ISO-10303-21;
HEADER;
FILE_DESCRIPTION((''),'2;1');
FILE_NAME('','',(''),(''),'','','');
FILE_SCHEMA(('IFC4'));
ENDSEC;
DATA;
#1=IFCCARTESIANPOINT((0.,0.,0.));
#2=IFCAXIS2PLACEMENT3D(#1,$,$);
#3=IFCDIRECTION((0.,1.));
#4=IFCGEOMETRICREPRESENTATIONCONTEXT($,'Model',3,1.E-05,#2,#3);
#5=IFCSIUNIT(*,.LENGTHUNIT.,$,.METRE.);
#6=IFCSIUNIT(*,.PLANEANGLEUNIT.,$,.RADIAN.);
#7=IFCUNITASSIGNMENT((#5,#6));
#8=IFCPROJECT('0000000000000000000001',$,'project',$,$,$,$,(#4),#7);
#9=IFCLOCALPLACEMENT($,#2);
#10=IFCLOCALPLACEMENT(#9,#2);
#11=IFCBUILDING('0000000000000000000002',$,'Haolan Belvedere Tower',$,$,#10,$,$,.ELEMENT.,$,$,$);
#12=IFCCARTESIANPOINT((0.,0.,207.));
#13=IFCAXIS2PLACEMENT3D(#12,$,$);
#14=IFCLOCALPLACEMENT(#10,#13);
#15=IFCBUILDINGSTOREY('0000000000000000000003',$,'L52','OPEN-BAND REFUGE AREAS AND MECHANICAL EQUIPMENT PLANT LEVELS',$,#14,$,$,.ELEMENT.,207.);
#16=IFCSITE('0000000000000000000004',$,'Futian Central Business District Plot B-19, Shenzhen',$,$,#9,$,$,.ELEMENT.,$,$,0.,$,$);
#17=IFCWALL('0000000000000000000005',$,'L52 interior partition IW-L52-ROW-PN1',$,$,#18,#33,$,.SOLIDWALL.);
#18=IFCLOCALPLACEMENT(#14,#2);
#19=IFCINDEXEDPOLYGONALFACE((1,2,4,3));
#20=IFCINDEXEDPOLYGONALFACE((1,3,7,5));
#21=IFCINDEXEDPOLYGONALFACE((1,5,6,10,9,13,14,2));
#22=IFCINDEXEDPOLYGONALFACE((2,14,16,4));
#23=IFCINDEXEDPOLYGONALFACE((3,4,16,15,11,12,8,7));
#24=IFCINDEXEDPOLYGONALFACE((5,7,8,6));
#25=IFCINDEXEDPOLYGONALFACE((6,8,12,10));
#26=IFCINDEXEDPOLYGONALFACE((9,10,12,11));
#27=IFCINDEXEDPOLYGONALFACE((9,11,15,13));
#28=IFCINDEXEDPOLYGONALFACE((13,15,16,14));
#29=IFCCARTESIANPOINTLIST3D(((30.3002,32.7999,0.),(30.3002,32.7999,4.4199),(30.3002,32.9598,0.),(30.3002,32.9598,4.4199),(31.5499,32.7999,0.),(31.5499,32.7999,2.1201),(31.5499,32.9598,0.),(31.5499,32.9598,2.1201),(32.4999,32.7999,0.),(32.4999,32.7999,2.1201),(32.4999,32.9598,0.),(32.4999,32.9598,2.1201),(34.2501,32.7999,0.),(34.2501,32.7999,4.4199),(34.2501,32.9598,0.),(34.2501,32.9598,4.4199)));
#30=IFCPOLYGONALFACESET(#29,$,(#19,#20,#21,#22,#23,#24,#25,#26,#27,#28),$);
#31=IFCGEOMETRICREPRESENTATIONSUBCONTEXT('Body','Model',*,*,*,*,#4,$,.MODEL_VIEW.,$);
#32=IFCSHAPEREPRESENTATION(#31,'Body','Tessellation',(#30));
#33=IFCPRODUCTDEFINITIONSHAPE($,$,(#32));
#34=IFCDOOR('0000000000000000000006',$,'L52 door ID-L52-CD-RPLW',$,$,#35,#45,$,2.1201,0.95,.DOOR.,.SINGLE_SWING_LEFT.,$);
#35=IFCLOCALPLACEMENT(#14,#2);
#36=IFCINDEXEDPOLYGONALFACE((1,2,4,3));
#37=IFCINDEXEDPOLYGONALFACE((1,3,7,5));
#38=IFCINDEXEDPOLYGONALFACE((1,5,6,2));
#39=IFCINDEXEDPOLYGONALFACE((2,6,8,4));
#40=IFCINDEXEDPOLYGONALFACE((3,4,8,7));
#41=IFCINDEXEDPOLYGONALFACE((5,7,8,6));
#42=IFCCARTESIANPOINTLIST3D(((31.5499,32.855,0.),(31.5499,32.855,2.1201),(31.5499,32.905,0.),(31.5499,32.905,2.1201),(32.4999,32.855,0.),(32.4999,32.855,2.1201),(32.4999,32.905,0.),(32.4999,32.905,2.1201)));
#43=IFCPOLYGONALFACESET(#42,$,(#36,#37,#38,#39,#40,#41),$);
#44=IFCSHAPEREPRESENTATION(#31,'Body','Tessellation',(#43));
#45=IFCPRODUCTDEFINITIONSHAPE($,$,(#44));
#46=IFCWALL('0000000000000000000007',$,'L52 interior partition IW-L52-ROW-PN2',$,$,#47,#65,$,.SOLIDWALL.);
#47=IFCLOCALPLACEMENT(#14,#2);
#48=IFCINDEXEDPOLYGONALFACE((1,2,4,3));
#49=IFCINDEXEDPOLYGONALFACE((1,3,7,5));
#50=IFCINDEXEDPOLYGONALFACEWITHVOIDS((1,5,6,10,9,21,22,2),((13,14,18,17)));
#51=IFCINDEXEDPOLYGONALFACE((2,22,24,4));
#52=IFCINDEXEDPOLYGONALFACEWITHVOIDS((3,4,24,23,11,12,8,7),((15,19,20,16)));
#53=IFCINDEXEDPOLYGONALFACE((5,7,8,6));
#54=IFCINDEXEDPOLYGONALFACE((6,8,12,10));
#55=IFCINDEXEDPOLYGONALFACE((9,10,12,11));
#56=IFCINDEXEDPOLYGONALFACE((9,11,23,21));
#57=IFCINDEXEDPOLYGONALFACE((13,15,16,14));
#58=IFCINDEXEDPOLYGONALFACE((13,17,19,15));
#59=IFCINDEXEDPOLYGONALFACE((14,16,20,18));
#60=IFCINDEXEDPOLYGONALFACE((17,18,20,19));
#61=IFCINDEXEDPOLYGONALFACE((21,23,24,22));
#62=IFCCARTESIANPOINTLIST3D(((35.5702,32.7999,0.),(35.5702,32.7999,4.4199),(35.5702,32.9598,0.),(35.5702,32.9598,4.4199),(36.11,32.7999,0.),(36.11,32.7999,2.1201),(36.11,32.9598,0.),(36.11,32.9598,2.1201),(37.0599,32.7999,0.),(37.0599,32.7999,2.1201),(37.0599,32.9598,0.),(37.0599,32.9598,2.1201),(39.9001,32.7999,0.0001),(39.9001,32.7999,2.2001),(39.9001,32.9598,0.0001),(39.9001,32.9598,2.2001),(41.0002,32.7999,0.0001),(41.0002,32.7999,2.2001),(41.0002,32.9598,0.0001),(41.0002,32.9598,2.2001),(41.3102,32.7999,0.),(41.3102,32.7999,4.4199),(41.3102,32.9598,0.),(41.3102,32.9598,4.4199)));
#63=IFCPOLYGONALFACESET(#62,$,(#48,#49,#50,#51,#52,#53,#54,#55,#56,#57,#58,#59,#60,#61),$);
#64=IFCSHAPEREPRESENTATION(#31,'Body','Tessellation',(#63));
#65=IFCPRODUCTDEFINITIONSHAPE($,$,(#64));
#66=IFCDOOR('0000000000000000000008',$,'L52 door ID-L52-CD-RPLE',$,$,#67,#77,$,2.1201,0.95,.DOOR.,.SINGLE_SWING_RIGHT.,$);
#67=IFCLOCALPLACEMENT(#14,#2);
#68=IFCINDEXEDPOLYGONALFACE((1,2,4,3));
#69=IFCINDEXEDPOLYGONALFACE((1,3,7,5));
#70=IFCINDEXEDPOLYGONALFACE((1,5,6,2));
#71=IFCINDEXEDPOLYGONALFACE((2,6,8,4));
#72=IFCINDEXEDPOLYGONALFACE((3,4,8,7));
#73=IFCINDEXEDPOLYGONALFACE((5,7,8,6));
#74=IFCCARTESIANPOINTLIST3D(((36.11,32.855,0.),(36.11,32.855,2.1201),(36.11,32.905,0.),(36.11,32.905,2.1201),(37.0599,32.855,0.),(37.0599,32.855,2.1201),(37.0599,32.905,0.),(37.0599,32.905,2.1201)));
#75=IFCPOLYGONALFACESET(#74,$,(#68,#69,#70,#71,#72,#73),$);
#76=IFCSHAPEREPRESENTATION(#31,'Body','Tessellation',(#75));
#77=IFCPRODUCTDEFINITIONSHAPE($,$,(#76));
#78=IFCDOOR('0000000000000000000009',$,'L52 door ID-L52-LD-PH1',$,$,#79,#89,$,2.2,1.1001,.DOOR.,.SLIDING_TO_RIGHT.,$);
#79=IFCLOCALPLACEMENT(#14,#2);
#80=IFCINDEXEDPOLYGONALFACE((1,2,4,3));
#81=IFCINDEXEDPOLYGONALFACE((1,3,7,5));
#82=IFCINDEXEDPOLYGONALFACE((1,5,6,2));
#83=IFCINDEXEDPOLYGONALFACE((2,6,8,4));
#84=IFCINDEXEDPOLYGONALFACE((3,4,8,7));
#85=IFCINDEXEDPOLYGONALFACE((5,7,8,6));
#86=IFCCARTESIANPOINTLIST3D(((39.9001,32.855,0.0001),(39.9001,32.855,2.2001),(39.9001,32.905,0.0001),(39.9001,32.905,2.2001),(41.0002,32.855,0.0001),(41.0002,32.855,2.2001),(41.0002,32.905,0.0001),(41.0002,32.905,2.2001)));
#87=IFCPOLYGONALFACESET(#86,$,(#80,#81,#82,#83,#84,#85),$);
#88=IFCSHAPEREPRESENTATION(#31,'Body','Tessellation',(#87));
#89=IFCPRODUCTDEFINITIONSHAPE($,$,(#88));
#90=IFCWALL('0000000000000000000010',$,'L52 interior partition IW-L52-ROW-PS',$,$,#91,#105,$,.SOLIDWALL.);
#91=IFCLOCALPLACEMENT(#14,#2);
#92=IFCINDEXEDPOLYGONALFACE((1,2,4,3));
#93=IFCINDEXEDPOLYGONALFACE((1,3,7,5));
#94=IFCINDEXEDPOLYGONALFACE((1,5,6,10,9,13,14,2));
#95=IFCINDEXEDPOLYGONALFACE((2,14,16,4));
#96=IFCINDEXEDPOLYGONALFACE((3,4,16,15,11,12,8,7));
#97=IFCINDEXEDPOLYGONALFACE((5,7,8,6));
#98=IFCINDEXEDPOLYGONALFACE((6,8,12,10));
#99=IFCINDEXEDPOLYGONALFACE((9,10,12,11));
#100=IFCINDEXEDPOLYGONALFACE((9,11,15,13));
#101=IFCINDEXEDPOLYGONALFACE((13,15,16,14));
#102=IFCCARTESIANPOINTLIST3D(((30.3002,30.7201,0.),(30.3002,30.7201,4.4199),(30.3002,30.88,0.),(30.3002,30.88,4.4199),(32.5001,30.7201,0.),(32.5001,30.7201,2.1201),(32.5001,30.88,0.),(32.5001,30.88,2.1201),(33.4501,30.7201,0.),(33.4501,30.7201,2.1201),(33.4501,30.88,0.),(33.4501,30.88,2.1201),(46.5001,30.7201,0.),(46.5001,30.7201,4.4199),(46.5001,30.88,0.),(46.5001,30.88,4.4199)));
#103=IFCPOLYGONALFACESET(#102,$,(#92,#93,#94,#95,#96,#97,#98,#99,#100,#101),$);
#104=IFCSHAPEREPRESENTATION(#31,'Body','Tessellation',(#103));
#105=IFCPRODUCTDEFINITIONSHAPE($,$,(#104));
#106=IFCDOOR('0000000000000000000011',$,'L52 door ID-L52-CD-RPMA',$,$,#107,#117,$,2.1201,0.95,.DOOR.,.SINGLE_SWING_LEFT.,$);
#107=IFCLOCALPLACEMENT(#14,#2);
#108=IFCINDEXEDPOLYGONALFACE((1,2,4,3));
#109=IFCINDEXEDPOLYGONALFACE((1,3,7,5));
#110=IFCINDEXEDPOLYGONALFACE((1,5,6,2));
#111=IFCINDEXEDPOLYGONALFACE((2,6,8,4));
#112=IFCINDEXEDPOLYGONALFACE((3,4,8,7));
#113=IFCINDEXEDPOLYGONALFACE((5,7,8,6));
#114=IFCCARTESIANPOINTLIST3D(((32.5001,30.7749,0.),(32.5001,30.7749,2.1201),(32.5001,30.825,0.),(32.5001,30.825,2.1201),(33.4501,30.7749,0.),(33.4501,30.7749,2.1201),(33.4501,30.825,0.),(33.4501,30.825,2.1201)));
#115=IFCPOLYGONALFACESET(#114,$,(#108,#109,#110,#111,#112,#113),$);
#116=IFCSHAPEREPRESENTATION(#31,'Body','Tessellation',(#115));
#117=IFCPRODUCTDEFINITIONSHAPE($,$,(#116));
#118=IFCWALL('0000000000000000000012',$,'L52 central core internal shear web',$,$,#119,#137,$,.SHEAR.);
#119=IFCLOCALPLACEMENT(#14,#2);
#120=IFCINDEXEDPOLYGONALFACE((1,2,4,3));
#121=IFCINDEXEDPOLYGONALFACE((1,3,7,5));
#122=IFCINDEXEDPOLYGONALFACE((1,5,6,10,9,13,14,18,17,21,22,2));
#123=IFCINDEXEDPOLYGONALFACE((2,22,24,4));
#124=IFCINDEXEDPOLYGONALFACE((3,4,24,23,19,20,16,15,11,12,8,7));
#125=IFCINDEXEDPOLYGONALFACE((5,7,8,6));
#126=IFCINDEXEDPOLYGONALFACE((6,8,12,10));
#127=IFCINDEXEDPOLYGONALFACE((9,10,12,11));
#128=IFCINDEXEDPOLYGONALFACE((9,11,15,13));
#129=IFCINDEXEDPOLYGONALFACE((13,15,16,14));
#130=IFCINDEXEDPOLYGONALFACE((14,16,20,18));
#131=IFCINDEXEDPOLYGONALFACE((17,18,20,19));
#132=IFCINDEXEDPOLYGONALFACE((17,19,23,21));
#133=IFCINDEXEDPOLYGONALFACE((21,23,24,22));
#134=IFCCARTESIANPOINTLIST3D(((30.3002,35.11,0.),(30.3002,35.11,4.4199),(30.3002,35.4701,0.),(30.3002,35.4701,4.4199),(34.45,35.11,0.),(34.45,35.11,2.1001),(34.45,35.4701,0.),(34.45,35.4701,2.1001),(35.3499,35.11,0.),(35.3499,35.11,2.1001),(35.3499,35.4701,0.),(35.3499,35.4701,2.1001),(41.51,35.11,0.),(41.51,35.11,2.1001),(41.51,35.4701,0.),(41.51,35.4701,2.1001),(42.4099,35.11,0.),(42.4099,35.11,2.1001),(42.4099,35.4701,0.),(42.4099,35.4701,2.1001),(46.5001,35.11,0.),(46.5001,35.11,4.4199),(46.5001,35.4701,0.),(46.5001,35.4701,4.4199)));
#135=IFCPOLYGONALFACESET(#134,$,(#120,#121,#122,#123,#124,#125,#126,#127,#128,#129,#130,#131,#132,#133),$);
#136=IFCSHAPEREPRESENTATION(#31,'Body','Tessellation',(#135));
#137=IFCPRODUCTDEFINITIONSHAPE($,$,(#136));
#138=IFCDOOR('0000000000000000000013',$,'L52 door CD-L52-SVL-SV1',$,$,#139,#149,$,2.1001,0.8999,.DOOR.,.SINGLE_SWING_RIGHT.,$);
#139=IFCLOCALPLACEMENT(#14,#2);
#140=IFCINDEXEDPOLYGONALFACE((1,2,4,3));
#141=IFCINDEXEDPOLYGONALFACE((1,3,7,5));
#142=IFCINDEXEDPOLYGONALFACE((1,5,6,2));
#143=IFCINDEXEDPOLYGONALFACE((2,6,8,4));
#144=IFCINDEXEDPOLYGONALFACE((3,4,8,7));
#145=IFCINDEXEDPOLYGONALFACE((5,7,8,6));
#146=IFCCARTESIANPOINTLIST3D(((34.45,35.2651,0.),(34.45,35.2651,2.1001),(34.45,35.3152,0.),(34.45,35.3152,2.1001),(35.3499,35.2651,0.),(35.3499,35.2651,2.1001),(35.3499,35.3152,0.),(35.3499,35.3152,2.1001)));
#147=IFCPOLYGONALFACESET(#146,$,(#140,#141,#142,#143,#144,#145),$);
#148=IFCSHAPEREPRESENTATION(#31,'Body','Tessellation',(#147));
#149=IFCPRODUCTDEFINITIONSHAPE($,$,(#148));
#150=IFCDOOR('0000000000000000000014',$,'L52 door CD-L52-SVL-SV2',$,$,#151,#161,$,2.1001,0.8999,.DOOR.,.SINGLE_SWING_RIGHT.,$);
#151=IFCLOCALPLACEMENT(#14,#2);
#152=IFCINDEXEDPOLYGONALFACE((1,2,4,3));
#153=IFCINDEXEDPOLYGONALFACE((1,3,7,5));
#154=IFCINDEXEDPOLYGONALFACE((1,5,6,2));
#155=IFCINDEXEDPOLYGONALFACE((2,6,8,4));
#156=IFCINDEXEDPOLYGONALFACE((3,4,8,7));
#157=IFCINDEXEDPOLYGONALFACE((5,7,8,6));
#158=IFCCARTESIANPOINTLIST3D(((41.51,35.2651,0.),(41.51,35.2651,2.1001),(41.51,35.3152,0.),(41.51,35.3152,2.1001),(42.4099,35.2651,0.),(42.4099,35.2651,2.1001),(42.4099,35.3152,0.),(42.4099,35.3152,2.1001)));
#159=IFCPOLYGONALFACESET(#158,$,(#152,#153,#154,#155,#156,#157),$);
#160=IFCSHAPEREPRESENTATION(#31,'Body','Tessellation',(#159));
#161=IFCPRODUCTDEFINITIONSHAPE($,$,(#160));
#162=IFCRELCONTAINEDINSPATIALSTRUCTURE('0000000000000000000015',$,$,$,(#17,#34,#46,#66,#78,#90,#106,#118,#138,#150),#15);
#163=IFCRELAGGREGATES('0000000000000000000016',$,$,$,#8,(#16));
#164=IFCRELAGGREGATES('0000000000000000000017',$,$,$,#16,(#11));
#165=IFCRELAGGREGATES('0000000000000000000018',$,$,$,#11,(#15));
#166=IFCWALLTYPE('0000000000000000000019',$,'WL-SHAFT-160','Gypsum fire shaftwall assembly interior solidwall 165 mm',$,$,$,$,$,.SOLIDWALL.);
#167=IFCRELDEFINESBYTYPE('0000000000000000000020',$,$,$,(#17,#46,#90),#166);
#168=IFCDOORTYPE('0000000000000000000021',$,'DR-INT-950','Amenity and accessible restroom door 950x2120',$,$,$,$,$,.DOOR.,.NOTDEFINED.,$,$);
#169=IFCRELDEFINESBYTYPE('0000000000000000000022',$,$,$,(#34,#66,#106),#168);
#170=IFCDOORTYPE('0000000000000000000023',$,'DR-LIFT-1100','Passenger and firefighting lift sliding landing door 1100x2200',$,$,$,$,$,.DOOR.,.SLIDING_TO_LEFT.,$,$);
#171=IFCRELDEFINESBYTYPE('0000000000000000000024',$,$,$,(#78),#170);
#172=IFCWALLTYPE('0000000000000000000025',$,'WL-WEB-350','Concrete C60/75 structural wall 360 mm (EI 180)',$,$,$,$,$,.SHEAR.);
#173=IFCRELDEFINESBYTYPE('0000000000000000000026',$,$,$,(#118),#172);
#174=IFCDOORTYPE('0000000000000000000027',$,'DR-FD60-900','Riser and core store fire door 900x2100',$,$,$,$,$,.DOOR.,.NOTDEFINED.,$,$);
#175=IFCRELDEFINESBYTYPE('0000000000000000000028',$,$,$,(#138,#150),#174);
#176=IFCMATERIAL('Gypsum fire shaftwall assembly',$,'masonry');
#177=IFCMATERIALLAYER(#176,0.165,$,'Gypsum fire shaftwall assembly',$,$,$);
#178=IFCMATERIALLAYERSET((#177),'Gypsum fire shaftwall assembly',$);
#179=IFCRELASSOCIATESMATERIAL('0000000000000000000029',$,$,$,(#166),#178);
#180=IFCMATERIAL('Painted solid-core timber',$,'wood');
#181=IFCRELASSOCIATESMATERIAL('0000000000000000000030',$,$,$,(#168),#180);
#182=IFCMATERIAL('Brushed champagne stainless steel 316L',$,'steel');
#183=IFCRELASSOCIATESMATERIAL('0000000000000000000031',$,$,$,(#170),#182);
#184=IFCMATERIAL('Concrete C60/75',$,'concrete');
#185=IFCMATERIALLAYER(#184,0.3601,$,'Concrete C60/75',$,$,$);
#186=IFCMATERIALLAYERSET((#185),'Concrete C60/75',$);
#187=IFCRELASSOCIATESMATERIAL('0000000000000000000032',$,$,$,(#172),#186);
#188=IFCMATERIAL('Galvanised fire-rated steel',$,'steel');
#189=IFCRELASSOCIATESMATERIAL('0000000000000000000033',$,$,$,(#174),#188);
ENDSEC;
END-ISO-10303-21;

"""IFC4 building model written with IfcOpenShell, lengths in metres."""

from ifc_helpers import new_model, si_unit, direction, frame, frame_2d, origin, place, context, subcontext, project, spatial, rectangle, extrude, material, layer, layer_set, type_object, element, fill, save


model = new_model("IFC4")

# Units and contexts
model_context = context("Model", 3, precision=1e-05, world=origin(), true_north=direction((0.0, 1.0)))
body_context = subcontext(model_context, "Body", "Model", "MODEL_VIEW")
ifc_project = project(units=[si_unit("LENGTHUNIT", "METRE"), si_unit("PLANEANGLEUNIT", "RADIAN")], contexts=[model_context])

# Site, building, storey
site_placement = place(None, origin())
site = spatial("IfcSite", under=ifc_project, at=site_placement, Name="Futian Central Business District Plot B-19, Shenzhen", CompositionType="ELEMENT", RefElevation=0.0)
building_placement = place(site_placement, origin())
building = spatial("IfcBuilding", under=site, at=building_placement, Name="Haolan Belvedere Tower", CompositionType="ELEMENT")
storey_placement = place(building_placement, frame((0.0, 0.0, 207.0)))
storey = spatial("IfcBuildingStorey", under=building, at=storey_placement, Name="L52", Description="OPEN-BAND REFUGE AREAS AND MECHANICAL EQUIPMENT PLANT LEVELS", CompositionType="ELEMENT", Elevation=207.0)

# Shared definitions
ifc_material_1 = material(Name="Concrete C60/75", Category="concrete")

# Shared definitions
ifc_material_2 = material(Name="Galvanised fire-rated steel", Category="steel")

# Shared definitions
ifc_material_3 = material(Name="Gypsum fire shaftwall assembly", Category="masonry")
ifc_layer_1 = layer(ifc_material_3, 0.165, Name="Gypsum fire shaftwall assembly")
ifc_layer_set_1 = layer_set([ifc_layer_1], Name="Gypsum fire shaftwall assembly")
wall_type_1 = type_object("IfcWallType", Name="WL-SHAFT-160", Description="Gypsum fire shaftwall assembly interior solidwall 165 mm", PredefinedType="SOLIDWALL", material=ifc_layer_set_1)

# Wall, opening, door
wall_1_placement = place(storey_placement, frame((30.3, 32.8799, 0.0), z_axis=(0.0, 0.0, 1.0), x_axis=(1.0, 0.0, 0.0)))
wall_1 = element("IfcWall", 1, at=wall_1_placement, inside=storey, type_object=wall_type_1, Name="L52 interior partition IW-L52-ROW-PN1", PredefinedType="SOLIDWALL", context=body_context, shape_type="SweptSolid", body=[
    extrude(rectangle(XDim=3.95, YDim=0.1599, at=frame_2d((1.9751, 0.0))), origin(), (0.0, 0.0, 1.0), 4.4199),
])
opening_1_placement = place(wall_1_placement, frame((2.2, 0.0, 0.0), z_axis=(0.0, 0.0, 1.0), x_axis=(-1.0, 0.0, 0.0)))
opening_1 = element("IfcOpeningElement", 2, at=opening_1_placement, cuts=wall_1, PredefinedType="OPENING", context=body_context, shape_type="SweptSolid", body=[
    extrude(rectangle(XDim=0.95, YDim=2.1201, at=frame_2d((0.4751, 1.0601))), frame((0.0, 0.0898, 0.0), z_axis=(0.0, -1.0, 0.0), x_axis=(1.0, 0.0, 0.0)), (0.0, 0.0, 1.0), 0.1799),
])
ifc_material_4 = material(Name="Painted solid-core timber", Category="wood")
door_type_1 = type_object("IfcDoorType", Name="DR-INT-950", Description="Amenity and accessible restroom door 950x2120", OperationType="NOTDEFINED", PredefinedType="DOOR", material=ifc_material_4)
door_1_placement = place(opening_1_placement, origin())
door_1 = element("IfcDoor", 3, at=door_1_placement, inside=storey, type_object=door_type_1, Name="L52 door ID-L52-CD-RPLW", OperationType="SINGLE_SWING_LEFT", OverallHeight=2.1201, OverallWidth=0.95, PredefinedType="DOOR", context=body_context, shape_type="SweptSolid", body=[
    extrude(rectangle(XDim=0.95, YDim=2.1201, at=frame_2d((0.4751, 1.0601))), frame((0.0, 0.0249, 0.0), z_axis=(0.0, -1.0, 0.0), x_axis=(1.0, 0.0, 0.0)), (0.0, 0.0, 1.0), 0.05),
])
fill(opening_1, door_1)

# Wall, openings, doors
wall_2_placement = place(storey_placement, frame((35.5701, 32.8799, 0.0), z_axis=(0.0, 0.0, 1.0), x_axis=(1.0, 0.0, 0.0)))
wall_2 = element("IfcWall", 4, at=wall_2_placement, inside=storey, type_object=wall_type_1, Name="L52 interior partition IW-L52-ROW-PN2", PredefinedType="SOLIDWALL", context=body_context, shape_type="SweptSolid", body=[
    extrude(rectangle(XDim=5.74, YDim=0.1599, at=frame_2d((2.8701, 0.0))), origin(), (0.0, 0.0, 1.0), 4.4199),
])
opening_2_placement = place(wall_2_placement, frame((1.49, 0.0, 0.0), z_axis=(0.0, 0.0, 1.0), x_axis=(-1.0, 0.0, 0.0)))
opening_2 = element("IfcOpeningElement", 5, at=opening_2_placement, cuts=wall_2, PredefinedType="OPENING", context=body_context, shape_type="SweptSolid", body=[
    extrude(rectangle(XDim=0.95, YDim=2.1201, at=frame_2d((0.4751, 1.0601))), frame((0.0, 0.0898, 0.0), z_axis=(0.0, -1.0, 0.0), x_axis=(1.0, 0.0, 0.0)), (0.0, 0.0, 1.0), 0.1799),
])
opening_3_placement = place(wall_2_placement, frame((5.4302, 0.0, 0.0), z_axis=(0.0, 0.0, 1.0), x_axis=(-1.0, 0.0, 0.0)))
opening_3 = element("IfcOpeningElement", 6, at=opening_3_placement, cuts=wall_2, PredefinedType="OPENING", context=body_context, shape_type="SweptSolid", body=[
    extrude(rectangle(XDim=1.1001, YDim=2.2, at=frame_2d((0.55, 1.1001))), frame((0.0, 0.0898, 0.0), z_axis=(0.0, -1.0, 0.0), x_axis=(1.0, 0.0, 0.0)), (0.0, 0.0, 1.0), 0.1799),
])
door_2_placement = place(opening_2_placement, origin())
door_2 = element("IfcDoor", 7, at=door_2_placement, inside=storey, type_object=door_type_1, Name="L52 door ID-L52-CD-RPLE", OperationType="SINGLE_SWING_RIGHT", OverallHeight=2.1201, OverallWidth=0.95, PredefinedType="DOOR", context=body_context, shape_type="SweptSolid", body=[
    extrude(rectangle(XDim=0.95, YDim=2.1201, at=frame_2d((0.4751, 1.0601))), frame((0.0, 0.0249, 0.0), z_axis=(0.0, -1.0, 0.0), x_axis=(1.0, 0.0, 0.0)), (0.0, 0.0, 1.0), 0.05),
])
fill(opening_2, door_2)
ifc_material_5 = material(Name="Brushed champagne stainless steel 316L", Category="steel")
door_type_2 = type_object("IfcDoorType", Name="DR-LIFT-1100", Description="Passenger and firefighting lift sliding landing door 1100x2200", OperationType="SLIDING_TO_LEFT", PredefinedType="DOOR", material=ifc_material_5)
door_3_placement = place(opening_3_placement, origin())
door_3 = element("IfcDoor", 8, at=door_3_placement, inside=storey, type_object=door_type_2, Name="L52 door ID-L52-LD-PH1", OperationType="SLIDING_TO_RIGHT", OverallHeight=2.2, OverallWidth=1.1001, PredefinedType="DOOR", context=body_context, shape_type="SweptSolid", body=[
    extrude(rectangle(XDim=1.1001, YDim=2.2, at=frame_2d((0.55, 1.1001))), frame((0.0, 0.0249, 0.0), z_axis=(0.0, -1.0, 0.0), x_axis=(1.0, 0.0, 0.0)), (0.0, 0.0, 1.0), 0.05),
])
fill(opening_3, door_3)

# Wall, opening, door
wall_3_placement = place(storey_placement, frame((30.3, 30.8, 0.0), z_axis=(0.0, 0.0, 1.0), x_axis=(1.0, 0.0, 0.0)))
wall_3 = element("IfcWall", 9, at=wall_3_placement, inside=storey, type_object=wall_type_1, Name="L52 interior partition IW-L52-ROW-PS", PredefinedType="SOLIDWALL", context=body_context, shape_type="SweptSolid", body=[
    extrude(rectangle(XDim=16.2, YDim=0.1599, at=frame_2d((8.1001, 0.0))), origin(), (0.0, 0.0, 1.0), 4.4199),
])
opening_4_placement = place(wall_3_placement, frame((2.2, 0.0, 0.0)))
opening_4 = element("IfcOpeningElement", 10, at=opening_4_placement, cuts=wall_3, PredefinedType="OPENING", context=body_context, shape_type="SweptSolid", body=[
    extrude(rectangle(XDim=0.95, YDim=2.1201, at=frame_2d((0.4751, 1.0601))), frame((0.0, 0.0898, 0.0), z_axis=(0.0, -1.0, 0.0), x_axis=(1.0, 0.0, 0.0)), (0.0, 0.0, 1.0), 0.1799),
])
door_4_placement = place(opening_4_placement, origin())
door_4 = element("IfcDoor", 11, at=door_4_placement, inside=storey, type_object=door_type_1, Name="L52 door ID-L52-CD-RPMA", OperationType="SINGLE_SWING_LEFT", OverallHeight=2.1201, OverallWidth=0.95, PredefinedType="DOOR", context=body_context, shape_type="SweptSolid", body=[
    extrude(rectangle(XDim=0.95, YDim=2.1201, at=frame_2d((0.4751, 1.0601))), frame((0.0, 0.0249, 0.0), z_axis=(0.0, -1.0, 0.0), x_axis=(1.0, 0.0, 0.0)), (0.0, 0.0, 1.0), 0.05),
])
fill(opening_4, door_4)

# Wall, openings, doors
ifc_layer_2 = layer(ifc_material_1, 0.3601, Name="Concrete C60/75")
ifc_layer_set_2 = layer_set([ifc_layer_2], Name="Concrete C60/75")
wall_type_2 = type_object("IfcWallType", Name="WL-WEB-350", Description="Concrete C60/75 structural wall 360 mm (EI 180)", PredefinedType="SHEAR", material=ifc_layer_set_2)
wall_4_placement = place(storey_placement, frame((30.3, 35.29, 0.0), z_axis=(0.0, 0.0, 1.0), x_axis=(1.0, 0.0, 0.0)))
wall_4 = element("IfcWall", 12, at=wall_4_placement, inside=storey, type_object=wall_type_2, Name="L52 central core internal shear web", PredefinedType="SHEAR", context=body_context, shape_type="SweptSolid", body=[
    extrude(rectangle(XDim=16.2, YDim=0.3601, at=frame_2d((8.1001, 0.0))), origin(), (0.0, 0.0, 1.0), 4.4199),
])
opening_5_placement = place(wall_4_placement, frame((5.0498, 0.0, 0.0), z_axis=(0.0, 0.0, 1.0), x_axis=(-1.0, 0.0, 0.0)))
opening_5 = element("IfcOpeningElement", 13, at=opening_5_placement, cuts=wall_4, PredefinedType="OPENING", context=body_context, shape_type="SweptSolid", body=[
    extrude(rectangle(XDim=0.8999, YDim=2.1001, at=frame_2d((0.45, 1.05))), frame((0.0, 0.1899, 0.0), z_axis=(0.0, -1.0, 0.0), x_axis=(1.0, 0.0, 0.0)), (0.0, 0.0, 1.0), 0.3801),
])
opening_6_placement = place(wall_4_placement, frame((12.1099, 0.0, 0.0), z_axis=(0.0, 0.0, 1.0), x_axis=(-1.0, 0.0, 0.0)))
opening_6 = element("IfcOpeningElement", 14, at=opening_6_placement, cuts=wall_4, PredefinedType="OPENING", context=body_context, shape_type="SweptSolid", body=[
    extrude(rectangle(XDim=0.8999, YDim=2.1001, at=frame_2d((0.45, 1.05))), frame((0.0, 0.1899, 0.0), z_axis=(0.0, -1.0, 0.0), x_axis=(1.0, 0.0, 0.0)), (0.0, 0.0, 1.0), 0.3801),
])
door_type_3 = type_object("IfcDoorType", Name="DR-FD60-900", Description="Riser and core store fire door 900x2100", OperationType="NOTDEFINED", PredefinedType="DOOR", material=ifc_material_2)
door_5_placement = place(opening_5_placement, origin())
door_5 = element("IfcDoor", 15, at=door_5_placement, inside=storey, type_object=door_type_3, Name="L52 door CD-L52-SVL-SV1", OperationType="SINGLE_SWING_RIGHT", OverallHeight=2.1001, OverallWidth=0.8999, PredefinedType="DOOR", context=body_context, shape_type="SweptSolid", body=[
    extrude(rectangle(XDim=0.8999, YDim=2.1001, at=frame_2d((0.45, 1.05))), frame((0.0, 0.0249, 0.0), z_axis=(0.0, -1.0, 0.0), x_axis=(1.0, 0.0, 0.0)), (0.0, 0.0, 1.0), 0.05),
])
fill(opening_5, door_5)
door_6_placement = place(opening_6_placement, origin())
door_6 = element("IfcDoor", 16, at=door_6_placement, inside=storey, type_object=door_type_3, Name="L52 door CD-L52-SVL-SV2", OperationType="SINGLE_SWING_RIGHT", OverallHeight=2.1001, OverallWidth=0.8999, PredefinedType="DOOR", context=body_context, shape_type="SweptSolid", body=[
    extrude(rectangle(XDim=0.8999, YDim=2.1001, at=frame_2d((0.45, 1.05))), frame((0.0, 0.0249, 0.0), z_axis=(0.0, -1.0, 0.0), x_axis=(1.0, 0.0, 0.0)), (0.0, 0.0, 1.0), 0.05),
])
fill(opening_6, door_6)

save(model, "model.ifc")
